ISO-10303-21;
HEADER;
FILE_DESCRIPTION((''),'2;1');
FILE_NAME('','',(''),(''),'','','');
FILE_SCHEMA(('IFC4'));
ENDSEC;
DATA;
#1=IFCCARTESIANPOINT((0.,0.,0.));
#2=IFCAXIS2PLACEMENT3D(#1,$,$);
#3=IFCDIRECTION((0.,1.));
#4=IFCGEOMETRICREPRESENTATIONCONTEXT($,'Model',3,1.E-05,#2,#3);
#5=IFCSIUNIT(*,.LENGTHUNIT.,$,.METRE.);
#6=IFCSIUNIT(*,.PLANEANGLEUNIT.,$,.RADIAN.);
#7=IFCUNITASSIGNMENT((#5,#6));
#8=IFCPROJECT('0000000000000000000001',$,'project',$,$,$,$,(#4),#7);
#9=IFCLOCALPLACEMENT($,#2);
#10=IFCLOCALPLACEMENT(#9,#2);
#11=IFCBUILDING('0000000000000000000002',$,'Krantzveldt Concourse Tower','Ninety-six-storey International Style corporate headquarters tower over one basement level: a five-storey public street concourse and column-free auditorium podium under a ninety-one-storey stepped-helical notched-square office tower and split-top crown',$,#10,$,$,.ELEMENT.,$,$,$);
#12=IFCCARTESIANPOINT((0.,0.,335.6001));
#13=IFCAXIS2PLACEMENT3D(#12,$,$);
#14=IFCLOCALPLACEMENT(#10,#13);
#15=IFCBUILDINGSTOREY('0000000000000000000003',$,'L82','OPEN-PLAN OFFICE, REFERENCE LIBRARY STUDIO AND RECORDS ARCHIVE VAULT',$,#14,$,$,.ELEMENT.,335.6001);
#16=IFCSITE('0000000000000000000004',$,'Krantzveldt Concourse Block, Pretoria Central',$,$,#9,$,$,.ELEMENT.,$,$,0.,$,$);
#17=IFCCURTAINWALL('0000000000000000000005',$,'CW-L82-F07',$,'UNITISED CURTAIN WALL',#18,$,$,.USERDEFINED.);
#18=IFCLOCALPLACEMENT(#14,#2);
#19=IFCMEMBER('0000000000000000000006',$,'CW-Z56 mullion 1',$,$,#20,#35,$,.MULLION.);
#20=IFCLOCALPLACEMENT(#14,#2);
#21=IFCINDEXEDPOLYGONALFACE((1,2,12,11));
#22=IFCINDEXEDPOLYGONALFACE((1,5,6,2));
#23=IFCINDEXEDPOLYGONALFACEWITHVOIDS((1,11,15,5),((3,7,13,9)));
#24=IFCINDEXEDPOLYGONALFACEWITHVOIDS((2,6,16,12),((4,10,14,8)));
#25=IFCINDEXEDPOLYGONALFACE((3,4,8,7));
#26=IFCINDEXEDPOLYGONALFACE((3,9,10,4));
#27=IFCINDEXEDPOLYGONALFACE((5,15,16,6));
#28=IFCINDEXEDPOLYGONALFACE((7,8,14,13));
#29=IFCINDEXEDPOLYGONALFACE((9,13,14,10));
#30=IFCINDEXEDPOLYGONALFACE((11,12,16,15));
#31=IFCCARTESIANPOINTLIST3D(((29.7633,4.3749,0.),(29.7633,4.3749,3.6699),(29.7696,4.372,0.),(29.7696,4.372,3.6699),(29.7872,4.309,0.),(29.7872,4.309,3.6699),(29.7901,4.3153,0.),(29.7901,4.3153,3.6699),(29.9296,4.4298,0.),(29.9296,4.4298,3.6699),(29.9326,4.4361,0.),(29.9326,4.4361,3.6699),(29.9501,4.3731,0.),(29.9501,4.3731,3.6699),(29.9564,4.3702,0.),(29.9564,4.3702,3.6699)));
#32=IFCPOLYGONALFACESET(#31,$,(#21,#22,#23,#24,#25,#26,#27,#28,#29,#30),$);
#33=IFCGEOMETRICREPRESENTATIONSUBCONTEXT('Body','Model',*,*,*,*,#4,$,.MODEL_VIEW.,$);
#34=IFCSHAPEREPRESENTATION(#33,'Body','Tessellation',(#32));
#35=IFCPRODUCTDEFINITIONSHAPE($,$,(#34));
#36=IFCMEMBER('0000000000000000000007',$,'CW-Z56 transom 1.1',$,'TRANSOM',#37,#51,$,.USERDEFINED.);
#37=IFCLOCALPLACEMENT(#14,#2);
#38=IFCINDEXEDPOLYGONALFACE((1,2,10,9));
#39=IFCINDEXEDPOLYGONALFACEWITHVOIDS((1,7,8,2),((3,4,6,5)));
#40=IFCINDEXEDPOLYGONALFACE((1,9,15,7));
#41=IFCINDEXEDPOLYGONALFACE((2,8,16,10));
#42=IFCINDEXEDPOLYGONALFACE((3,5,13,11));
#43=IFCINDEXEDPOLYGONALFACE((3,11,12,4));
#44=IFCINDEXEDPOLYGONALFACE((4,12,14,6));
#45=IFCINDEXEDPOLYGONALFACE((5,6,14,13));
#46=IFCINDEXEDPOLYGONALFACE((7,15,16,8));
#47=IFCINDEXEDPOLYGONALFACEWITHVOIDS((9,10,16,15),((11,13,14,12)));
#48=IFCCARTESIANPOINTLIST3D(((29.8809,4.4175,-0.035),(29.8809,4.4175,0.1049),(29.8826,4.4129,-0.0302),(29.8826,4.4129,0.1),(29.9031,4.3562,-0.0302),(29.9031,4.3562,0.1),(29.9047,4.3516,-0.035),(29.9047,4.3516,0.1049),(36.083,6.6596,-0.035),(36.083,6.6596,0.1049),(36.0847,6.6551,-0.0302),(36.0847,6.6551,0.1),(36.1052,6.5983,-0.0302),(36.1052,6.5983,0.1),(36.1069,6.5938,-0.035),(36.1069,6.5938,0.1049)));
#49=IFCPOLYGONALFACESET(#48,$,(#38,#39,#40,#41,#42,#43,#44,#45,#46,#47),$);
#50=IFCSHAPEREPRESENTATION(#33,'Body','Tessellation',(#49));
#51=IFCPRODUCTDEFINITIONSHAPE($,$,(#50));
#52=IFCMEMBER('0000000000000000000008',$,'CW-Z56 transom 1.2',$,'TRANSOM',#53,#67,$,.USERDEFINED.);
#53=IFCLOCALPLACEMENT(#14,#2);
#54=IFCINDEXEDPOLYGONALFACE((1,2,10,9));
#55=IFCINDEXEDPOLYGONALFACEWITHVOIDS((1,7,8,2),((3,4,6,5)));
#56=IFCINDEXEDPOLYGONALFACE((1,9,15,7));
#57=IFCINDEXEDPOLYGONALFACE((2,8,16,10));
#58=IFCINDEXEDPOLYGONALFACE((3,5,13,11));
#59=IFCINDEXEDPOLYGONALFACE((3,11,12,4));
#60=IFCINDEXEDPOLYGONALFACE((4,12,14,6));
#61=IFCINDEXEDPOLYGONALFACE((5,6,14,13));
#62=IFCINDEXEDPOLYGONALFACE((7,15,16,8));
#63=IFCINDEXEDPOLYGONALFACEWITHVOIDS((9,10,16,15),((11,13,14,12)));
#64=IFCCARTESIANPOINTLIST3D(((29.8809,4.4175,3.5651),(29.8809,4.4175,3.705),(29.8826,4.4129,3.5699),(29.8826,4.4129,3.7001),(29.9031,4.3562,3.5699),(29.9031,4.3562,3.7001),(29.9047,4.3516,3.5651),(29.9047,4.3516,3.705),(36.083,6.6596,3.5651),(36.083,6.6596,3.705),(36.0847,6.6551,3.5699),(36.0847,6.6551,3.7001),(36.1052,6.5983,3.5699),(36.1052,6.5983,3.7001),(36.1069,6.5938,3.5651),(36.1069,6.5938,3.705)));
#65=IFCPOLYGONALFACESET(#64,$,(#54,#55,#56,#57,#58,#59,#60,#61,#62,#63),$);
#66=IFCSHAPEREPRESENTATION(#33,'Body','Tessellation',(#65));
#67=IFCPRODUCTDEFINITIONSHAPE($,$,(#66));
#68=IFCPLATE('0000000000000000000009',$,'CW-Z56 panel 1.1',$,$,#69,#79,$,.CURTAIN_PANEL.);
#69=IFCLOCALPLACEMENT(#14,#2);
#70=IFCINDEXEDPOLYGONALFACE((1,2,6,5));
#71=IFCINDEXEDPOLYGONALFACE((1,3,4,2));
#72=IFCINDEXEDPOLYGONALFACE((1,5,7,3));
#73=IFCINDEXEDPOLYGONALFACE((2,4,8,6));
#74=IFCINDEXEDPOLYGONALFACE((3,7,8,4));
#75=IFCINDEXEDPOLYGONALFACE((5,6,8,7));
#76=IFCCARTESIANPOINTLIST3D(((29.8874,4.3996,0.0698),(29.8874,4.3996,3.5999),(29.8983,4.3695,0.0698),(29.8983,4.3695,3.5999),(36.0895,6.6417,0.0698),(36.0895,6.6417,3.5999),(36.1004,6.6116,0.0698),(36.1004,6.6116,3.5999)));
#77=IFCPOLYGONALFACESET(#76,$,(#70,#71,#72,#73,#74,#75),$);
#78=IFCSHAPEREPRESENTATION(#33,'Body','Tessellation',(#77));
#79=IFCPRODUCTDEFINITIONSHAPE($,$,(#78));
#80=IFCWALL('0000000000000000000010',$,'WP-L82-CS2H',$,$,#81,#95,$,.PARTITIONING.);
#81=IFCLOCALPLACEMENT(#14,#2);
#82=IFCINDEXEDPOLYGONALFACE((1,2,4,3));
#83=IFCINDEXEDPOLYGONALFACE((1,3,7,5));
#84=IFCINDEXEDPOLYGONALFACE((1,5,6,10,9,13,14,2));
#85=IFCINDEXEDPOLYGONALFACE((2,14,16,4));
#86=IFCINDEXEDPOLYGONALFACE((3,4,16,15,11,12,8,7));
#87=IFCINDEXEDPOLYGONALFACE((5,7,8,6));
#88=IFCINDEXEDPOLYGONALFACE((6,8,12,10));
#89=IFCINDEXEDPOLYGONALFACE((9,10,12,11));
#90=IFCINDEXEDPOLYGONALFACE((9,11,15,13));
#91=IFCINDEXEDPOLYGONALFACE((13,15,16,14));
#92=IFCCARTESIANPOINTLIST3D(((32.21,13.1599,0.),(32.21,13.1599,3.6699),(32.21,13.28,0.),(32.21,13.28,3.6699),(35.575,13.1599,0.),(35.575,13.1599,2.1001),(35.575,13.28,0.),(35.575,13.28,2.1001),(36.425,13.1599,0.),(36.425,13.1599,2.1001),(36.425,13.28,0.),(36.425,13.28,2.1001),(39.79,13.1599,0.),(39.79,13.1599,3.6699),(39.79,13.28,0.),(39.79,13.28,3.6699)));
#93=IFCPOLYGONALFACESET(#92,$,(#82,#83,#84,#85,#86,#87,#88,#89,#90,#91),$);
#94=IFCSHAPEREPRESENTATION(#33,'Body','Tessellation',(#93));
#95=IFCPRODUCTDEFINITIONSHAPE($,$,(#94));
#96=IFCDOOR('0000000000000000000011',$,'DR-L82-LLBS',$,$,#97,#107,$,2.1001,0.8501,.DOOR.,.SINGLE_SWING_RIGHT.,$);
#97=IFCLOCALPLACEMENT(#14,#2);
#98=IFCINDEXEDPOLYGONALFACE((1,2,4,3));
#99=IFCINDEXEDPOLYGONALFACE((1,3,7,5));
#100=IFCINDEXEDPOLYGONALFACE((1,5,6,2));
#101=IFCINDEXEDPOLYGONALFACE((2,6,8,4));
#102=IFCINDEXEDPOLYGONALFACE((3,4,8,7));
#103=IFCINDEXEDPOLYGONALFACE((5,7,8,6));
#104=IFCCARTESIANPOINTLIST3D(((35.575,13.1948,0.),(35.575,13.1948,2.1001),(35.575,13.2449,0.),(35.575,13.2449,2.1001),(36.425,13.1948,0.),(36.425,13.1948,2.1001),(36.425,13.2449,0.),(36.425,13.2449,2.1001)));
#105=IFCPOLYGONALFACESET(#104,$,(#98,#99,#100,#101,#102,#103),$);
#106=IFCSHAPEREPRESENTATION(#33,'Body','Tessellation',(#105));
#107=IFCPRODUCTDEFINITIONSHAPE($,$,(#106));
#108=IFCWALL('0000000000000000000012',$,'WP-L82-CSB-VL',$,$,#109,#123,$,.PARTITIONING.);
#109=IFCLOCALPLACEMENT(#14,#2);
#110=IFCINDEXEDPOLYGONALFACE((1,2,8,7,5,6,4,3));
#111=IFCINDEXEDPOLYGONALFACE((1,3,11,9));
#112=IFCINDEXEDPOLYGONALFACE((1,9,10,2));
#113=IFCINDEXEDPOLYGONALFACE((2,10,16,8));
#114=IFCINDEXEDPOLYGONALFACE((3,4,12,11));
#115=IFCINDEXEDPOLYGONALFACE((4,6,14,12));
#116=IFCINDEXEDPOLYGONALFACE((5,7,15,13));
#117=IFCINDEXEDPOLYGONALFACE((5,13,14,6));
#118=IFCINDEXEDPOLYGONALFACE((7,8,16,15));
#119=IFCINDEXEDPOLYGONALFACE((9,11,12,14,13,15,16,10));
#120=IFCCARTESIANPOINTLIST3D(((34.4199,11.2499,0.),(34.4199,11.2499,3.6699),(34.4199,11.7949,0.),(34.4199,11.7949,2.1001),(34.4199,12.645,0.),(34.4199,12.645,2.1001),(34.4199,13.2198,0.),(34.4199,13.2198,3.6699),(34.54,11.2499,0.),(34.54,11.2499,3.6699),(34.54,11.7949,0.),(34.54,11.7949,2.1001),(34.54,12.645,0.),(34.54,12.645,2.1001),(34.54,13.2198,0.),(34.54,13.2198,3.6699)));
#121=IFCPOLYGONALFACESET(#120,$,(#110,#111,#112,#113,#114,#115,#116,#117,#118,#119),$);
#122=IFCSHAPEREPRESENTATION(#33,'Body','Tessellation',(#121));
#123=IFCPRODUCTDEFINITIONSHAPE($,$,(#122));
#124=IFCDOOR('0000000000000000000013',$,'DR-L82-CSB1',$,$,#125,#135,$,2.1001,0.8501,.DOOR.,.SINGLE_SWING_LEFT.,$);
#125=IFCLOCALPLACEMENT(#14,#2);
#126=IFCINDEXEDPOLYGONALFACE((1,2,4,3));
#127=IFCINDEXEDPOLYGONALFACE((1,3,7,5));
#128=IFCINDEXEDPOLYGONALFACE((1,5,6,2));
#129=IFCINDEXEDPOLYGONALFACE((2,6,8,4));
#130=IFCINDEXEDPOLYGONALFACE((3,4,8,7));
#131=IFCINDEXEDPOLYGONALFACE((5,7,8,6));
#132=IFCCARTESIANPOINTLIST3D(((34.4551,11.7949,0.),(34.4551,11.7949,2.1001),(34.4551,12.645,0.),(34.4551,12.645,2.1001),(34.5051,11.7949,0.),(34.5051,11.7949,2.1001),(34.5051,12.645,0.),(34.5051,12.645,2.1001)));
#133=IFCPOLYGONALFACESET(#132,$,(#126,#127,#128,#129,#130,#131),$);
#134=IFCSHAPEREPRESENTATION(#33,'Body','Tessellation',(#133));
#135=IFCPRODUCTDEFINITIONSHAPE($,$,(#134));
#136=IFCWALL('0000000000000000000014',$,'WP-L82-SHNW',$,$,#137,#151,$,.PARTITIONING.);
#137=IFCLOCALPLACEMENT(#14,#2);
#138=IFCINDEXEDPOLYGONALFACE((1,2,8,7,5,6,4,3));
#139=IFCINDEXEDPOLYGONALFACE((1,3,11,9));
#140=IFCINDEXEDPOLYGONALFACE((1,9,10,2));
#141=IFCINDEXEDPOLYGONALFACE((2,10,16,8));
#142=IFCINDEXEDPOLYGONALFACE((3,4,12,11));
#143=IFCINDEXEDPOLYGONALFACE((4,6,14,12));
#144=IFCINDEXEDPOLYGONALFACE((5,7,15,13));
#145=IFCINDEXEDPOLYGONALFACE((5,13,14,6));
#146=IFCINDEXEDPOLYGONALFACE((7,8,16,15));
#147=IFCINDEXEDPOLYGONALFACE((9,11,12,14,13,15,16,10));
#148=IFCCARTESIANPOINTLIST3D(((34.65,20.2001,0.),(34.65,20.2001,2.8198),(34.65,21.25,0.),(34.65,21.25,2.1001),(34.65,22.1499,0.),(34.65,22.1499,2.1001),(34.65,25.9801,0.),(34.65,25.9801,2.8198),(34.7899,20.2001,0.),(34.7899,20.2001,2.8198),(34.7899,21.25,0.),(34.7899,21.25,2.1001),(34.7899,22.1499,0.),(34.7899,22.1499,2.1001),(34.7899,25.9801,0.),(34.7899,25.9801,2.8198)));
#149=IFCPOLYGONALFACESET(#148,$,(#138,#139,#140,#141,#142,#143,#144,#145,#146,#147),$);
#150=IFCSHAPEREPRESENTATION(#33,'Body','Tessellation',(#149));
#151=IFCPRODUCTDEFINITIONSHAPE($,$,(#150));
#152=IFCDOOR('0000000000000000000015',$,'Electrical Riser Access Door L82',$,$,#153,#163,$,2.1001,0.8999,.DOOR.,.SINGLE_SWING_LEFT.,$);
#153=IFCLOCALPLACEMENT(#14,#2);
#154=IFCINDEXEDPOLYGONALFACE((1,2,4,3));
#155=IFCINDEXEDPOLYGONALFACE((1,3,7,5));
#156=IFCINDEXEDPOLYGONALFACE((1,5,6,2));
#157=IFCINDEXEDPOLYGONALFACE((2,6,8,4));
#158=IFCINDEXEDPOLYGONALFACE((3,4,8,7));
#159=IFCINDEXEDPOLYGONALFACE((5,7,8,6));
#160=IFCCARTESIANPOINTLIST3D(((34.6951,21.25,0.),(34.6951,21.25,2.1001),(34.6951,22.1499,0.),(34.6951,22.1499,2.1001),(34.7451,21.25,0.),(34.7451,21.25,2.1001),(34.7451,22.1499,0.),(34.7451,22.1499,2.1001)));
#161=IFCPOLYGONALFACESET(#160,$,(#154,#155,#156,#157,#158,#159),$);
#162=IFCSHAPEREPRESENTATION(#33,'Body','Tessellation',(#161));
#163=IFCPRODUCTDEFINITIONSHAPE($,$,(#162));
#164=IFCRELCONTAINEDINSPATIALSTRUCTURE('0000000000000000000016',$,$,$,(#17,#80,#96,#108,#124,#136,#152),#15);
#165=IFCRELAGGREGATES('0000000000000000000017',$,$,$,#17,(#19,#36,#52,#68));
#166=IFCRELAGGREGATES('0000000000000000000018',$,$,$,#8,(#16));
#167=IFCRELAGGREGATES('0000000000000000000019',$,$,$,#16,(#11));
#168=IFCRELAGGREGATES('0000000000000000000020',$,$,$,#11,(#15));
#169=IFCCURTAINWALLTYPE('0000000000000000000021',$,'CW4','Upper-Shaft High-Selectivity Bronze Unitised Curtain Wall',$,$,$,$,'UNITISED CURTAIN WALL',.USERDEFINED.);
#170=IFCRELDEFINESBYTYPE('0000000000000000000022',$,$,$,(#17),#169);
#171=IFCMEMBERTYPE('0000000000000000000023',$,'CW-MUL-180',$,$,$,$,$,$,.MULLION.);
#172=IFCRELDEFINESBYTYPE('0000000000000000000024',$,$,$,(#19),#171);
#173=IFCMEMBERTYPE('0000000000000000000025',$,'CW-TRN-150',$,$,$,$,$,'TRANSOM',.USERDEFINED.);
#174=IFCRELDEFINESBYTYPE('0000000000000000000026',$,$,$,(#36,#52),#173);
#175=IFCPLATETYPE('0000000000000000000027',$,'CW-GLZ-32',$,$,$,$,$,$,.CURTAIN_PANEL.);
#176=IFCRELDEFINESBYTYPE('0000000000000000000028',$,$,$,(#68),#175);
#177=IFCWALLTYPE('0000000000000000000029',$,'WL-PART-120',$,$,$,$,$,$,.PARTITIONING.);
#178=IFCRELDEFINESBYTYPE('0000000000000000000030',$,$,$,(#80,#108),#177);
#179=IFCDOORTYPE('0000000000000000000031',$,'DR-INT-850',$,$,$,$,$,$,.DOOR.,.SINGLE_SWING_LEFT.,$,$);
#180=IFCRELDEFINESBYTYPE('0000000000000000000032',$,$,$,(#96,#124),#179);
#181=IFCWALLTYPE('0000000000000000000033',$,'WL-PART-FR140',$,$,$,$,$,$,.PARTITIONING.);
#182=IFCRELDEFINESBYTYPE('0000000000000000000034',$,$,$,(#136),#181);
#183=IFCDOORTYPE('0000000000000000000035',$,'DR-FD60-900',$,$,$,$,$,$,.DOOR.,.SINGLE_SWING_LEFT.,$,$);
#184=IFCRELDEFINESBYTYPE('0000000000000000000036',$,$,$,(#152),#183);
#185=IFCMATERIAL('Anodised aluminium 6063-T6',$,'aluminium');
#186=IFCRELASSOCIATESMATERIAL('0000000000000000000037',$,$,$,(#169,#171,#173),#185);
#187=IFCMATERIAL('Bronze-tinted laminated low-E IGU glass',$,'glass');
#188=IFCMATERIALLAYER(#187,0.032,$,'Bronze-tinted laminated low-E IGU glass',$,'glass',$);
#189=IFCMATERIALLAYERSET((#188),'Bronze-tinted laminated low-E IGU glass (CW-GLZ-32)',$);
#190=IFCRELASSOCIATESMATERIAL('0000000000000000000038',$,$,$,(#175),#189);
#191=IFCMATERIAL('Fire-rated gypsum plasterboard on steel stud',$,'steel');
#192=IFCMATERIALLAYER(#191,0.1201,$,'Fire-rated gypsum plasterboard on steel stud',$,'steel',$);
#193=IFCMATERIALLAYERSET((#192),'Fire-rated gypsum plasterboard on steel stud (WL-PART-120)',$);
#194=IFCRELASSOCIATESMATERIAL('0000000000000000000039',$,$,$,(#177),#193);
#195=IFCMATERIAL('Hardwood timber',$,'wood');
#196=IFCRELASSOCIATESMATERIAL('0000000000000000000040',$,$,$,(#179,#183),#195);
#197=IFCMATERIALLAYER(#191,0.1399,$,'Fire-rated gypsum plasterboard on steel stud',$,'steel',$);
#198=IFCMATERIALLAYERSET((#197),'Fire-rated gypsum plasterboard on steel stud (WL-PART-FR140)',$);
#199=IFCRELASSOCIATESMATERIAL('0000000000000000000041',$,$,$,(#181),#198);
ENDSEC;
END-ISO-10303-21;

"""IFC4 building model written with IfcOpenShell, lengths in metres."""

from ifc_helpers import new_model, si_unit, direction, frame, frame_2d, origin, origin_2d, place, context, subcontext, project, spatial, rectangle, hollow_rectangle, extrude, source, transform, mapped, material, layer, layer_set, material_profile, profile_set, type_object, type_shapes, element, fill, aggregate, save


model = new_model("IFC4")

# Units and contexts
model_context = context("Model", 3, precision=1e-05, world=origin(), true_north=direction((0.0, 1.0)))
body_context = subcontext(model_context, "Body", "Model", "MODEL_VIEW")
ifc_project = project(units=[si_unit("LENGTHUNIT", "METRE"), si_unit("PLANEANGLEUNIT", "RADIAN")], contexts=[model_context])

# Site, building, storey
site_placement = place(None, origin())
site = spatial("IfcSite", under=ifc_project, at=site_placement, Name="Krantzveldt Concourse Block, Pretoria Central", CompositionType="ELEMENT", RefElevation=0.0)
building_placement = place(site_placement, origin())
building = spatial("IfcBuilding", under=site, at=building_placement, Name="Krantzveldt Concourse Tower", Description="Ninety-six-storey International Style corporate headquarters tower over one basement level: a five-storey public street concourse and column-free auditorium podium under a ninety-one-storey stepped-helical notched-square office tower and split-top crown", CompositionType="ELEMENT")
storey_placement = place(building_placement, frame((0.0, 0.0, 335.6001)))
storey = spatial("IfcBuildingStorey", under=building, at=storey_placement, Name="L82", Description="OPEN-PLAN OFFICE, REFERENCE LIBRARY STUDIO AND RECORDS ARCHIVE VAULT", CompositionType="ELEMENT", Elevation=335.6001)

# Curtain wall, members, plate
ifc_material_1 = material(Name="Anodised aluminium 6063-T6", Category="aluminium")
curtain_wall_type = type_object("IfcCurtainWallType", Name="CW4", Description="Upper-Shaft High-Selectivity Bronze Unitised Curtain Wall", ElementType="UNITISED CURTAIN WALL", PredefinedType="USERDEFINED", material=ifc_material_1)
curtain_wall_placement = place(storey_placement, origin())
curtain_wall = element("IfcCurtainWall", 1, at=curtain_wall_placement, inside=storey, type_object=curtain_wall_type, Name="CW-L82-F07", ObjectType="UNITISED CURTAIN WALL", PredefinedType="USERDEFINED")
ifc_material_profile_1 = material_profile(ifc_material_1, hollow_rectangle(XDim=0.0701, YDim=0.1799, WallThickness=0.0049, at=origin_2d()), Name="Anodised aluminium 6063-T6", Category="aluminium")
ifc_profile_set_1 = profile_set([ifc_material_profile_1], Name="Anodised aluminium 6063-T6 - ALU-MULL 180x70x5")
member_type_1 = type_object("IfcMemberType", Name="CW-MUL-180", PredefinedType="MULLION", material=ifc_profile_set_1)
shared_shape_1 = source(origin(), body_context, "Body", "SweptSolid", [
    extrude(hollow_rectangle(XDim=0.0701, YDim=0.1799, WallThickness=0.0049, at=origin_2d()), origin(), (0.0, 0.0, 1.0), 3.6699),
])
type_shapes(member_type_1, [shared_shape_1])
member_1_placement = place(storey_placement, frame((29.8599, 4.3726, 0.0), z_axis=(0.0, 0.0, 1.0), x_axis=(-0.339969, 0.940437, 0.0)))
member_1 = element("IfcMember", 2, at=member_1_placement, type_object=member_type_1, Name="CW-Z56 mullion 1", PredefinedType="MULLION", context=body_context, shape_type="MappedRepresentation", body=[
    mapped(shared_shape_1, transform((0.0, 0.0, 0.0), x_axis=(1.0, 0.0, 0.0), y_axis=(0.0, 1.0, 0.0), z_axis=(0.0, 0.0, 1.0), scale=1.0)),
])
ifc_material_profile_2 = material_profile(ifc_material_1, hollow_rectangle(XDim=0.0701, YDim=0.1399, WallThickness=0.0049, at=origin_2d()), Name="Anodised aluminium 6063-T6", Category="aluminium")
ifc_profile_set_2 = profile_set([ifc_material_profile_2], Name="Anodised aluminium 6063-T6 - ALU-TRAN 140x70x5")
member_type_2 = type_object("IfcMemberType", Name="CW-TRN-150", ElementType="TRANSOM", PredefinedType="USERDEFINED", material=ifc_profile_set_2)
shared_shape_2 = source(origin(), body_context, "Body", "SweptSolid", [
    extrude(hollow_rectangle(XDim=0.0701, YDim=0.1399, WallThickness=0.0049, at=origin_2d()), origin(), (0.0, 0.0, 1.0), 6.595),
])
type_shapes(member_type_2, [shared_shape_2])
member_2_placement = place(storey_placement, frame((29.8928, 4.3845, 0.0349), z_axis=(0.940432, 0.339983, 0.0), x_axis=(-0.339983, 0.940432, 0.0)))
member_2 = element("IfcMember", 3, at=member_2_placement, type_object=member_type_2, Name="CW-Z56 transom 1.1", ObjectType="TRANSOM", PredefinedType="USERDEFINED", context=body_context, shape_type="MappedRepresentation", body=[
    mapped(shared_shape_2, transform((0.0, 0.0, 0.0), x_axis=(1.0, 0.0, 0.0), y_axis=(0.0, 1.0, 0.0), z_axis=(0.0, 0.0, 1.0), scale=1.0)),
])
member_3_placement = place(storey_placement, frame((29.8928, 4.3845, 3.635), z_axis=(0.940432, 0.339983, 0.0), x_axis=(-0.339983, 0.940432, 0.0)))
member_3 = element("IfcMember", 4, at=member_3_placement, type_object=member_type_2, Name="CW-Z56 transom 1.2", ObjectType="TRANSOM", PredefinedType="USERDEFINED", context=body_context, shape_type="MappedRepresentation", body=[
    mapped(shared_shape_2, transform((0.0, 0.0, 0.0), x_axis=(1.0, 0.0, 0.0), y_axis=(0.0, 1.0, 0.0), z_axis=(0.0, 0.0, 1.0), scale=1.0)),
])
ifc_material_2 = material(Name="Bronze-tinted laminated low-E IGU glass", Category="glass")
ifc_layer_1 = layer(ifc_material_2, 0.032, Name="Bronze-tinted laminated low-E IGU glass", Category="glass")
ifc_layer_set_1 = layer_set([ifc_layer_1], Name="Bronze-tinted laminated low-E IGU glass (CW-GLZ-32)")
plate_type = type_object("IfcPlateType", Name="CW-GLZ-32", PredefinedType="CURTAIN_PANEL", material=ifc_layer_set_1)
shared_shape_3 = source(origin(), body_context, "Body", "SweptSolid", [
    extrude(rectangle(XDim=6.595, YDim=0.032, at=origin_2d()), origin(), (0.0, 0.0, 1.0), 3.53),
])
type_shapes(plate_type, [shared_shape_3])
plate_placement = place(storey_placement, frame((32.9939, 5.5056, 0.0698), z_axis=(0.0, 0.0, 1.0), x_axis=(0.940437, 0.339969, 0.0)))
plate = element("IfcPlate", 5, at=plate_placement, type_object=plate_type, Name="CW-Z56 panel 1.1", PredefinedType="CURTAIN_PANEL", context=body_context, shape_type="MappedRepresentation", body=[
    mapped(shared_shape_3, transform((0.0, 0.0, 0.0), x_axis=(1.0, 0.0, 0.0), y_axis=(0.0, 1.0, 0.0), z_axis=(0.0, 0.0, 1.0), scale=1.0)),
])
aggregate(curtain_wall, [member_1, member_2, member_3, plate])

# Walls, openings, doors
ifc_material_3 = material(Name="Fire-rated gypsum plasterboard on steel stud", Category="steel")
ifc_layer_2 = layer(ifc_material_3, 0.1201, Name="Fire-rated gypsum plasterboard on steel stud", Category="steel")
ifc_layer_set_2 = layer_set([ifc_layer_2], Name="Fire-rated gypsum plasterboard on steel stud (WL-PART-120)")
wall_type_1 = type_object("IfcWallType", Name="WL-PART-120", PredefinedType="PARTITIONING", material=ifc_layer_set_2)
wall_1_placement = place(storey_placement, frame((32.21, 13.22, 0.0), z_axis=(0.0, 0.0, 1.0), x_axis=(1.0, 0.0, 0.0)))
wall_1 = element("IfcWall", 6, at=wall_1_placement, inside=storey, type_object=wall_type_1, Name="WP-L82-CS2H", PredefinedType="PARTITIONING", context=body_context, shape_type="SweptSolid", body=[
    extrude(rectangle(XDim=7.5801, YDim=0.1201, at=frame_2d((3.79, 0.0))), origin(), (0.0, 0.0, 1.0), 3.6699),
])
opening_1_placement = place(wall_1_placement, frame((3.365, 0.0, 0.0)))
opening_1 = element("IfcOpeningElement", 7, at=opening_1_placement, cuts=wall_1, PredefinedType="OPENING", context=body_context, shape_type="SweptSolid", body=[
    extrude(rectangle(XDim=0.8501, YDim=2.1001, at=frame_2d((0.425, 1.05))), frame((0.0, 0.0701, 0.0), z_axis=(0.0, -1.0, 0.0), x_axis=(1.0, 0.0, 0.0)), (0.0, 0.0, 1.0), 0.1401),
])
ifc_material_4 = material(Name="Hardwood timber", Category="wood")
door_type_1 = type_object("IfcDoorType", Name="DR-INT-850", OperationType="SINGLE_SWING_LEFT", PredefinedType="DOOR", material=ifc_material_4)
door_1_placement = place(opening_1_placement, origin())
door_1 = element("IfcDoor", 8, at=door_1_placement, inside=storey, type_object=door_type_1, Name="DR-L82-LLBS", OperationType="SINGLE_SWING_RIGHT", OverallHeight=2.1001, OverallWidth=0.8501, PredefinedType="DOOR", context=body_context, shape_type="SweptSolid", body=[
    extrude(rectangle(XDim=0.8501, YDim=2.1001, at=frame_2d((0.425, 1.05))), frame((0.0, 0.0249, 0.0), z_axis=(0.0, -1.0, 0.0), x_axis=(1.0, 0.0, 0.0)), (0.0, 0.0, 1.0), 0.05),
])
fill(opening_1, door_1)
wall_2_placement = place(storey_placement, frame((34.48, 11.25, 0.0), z_axis=(0.0, 0.0, 1.0), x_axis=(0.0, 1.0, 0.0)))
wall_2 = element("IfcWall", 9, at=wall_2_placement, inside=storey, type_object=wall_type_1, Name="WP-L82-CSB-VL", PredefinedType="PARTITIONING", context=body_context, shape_type="SweptSolid", body=[
    extrude(rectangle(XDim=1.97, YDim=0.1201, at=frame_2d((0.9849, 0.0))), origin(), (0.0, 0.0, 1.0), 3.6699),
])
opening_2_placement = place(wall_2_placement, frame((0.5449, 0.0, 0.0)))
opening_2 = element("IfcOpeningElement", 10, at=opening_2_placement, cuts=wall_2, PredefinedType="OPENING", context=body_context, shape_type="SweptSolid", body=[
    extrude(rectangle(XDim=0.8501, YDim=2.1001, at=frame_2d((0.425, 1.05))), frame((0.0, 0.0701, 0.0), z_axis=(0.0, -1.0, 0.0), x_axis=(1.0, 0.0, 0.0)), (0.0, 0.0, 1.0), 0.1401),
])
door_2_placement = place(opening_2_placement, origin())
door_2 = element("IfcDoor", 11, at=door_2_placement, inside=storey, type_object=door_type_1, Name="DR-L82-CSB1", OperationType="SINGLE_SWING_LEFT", OverallHeight=2.1001, OverallWidth=0.8501, PredefinedType="DOOR", context=body_context, shape_type="SweptSolid", body=[
    extrude(rectangle(XDim=0.8501, YDim=2.1001, at=frame_2d((0.425, 1.05))), frame((0.0, 0.0249, 0.0), z_axis=(0.0, -1.0, 0.0), x_axis=(1.0, 0.0, 0.0)), (0.0, 0.0, 1.0), 0.05),
])
fill(opening_2, door_2)
ifc_layer_3 = layer(ifc_material_3, 0.1399, Name="Fire-rated gypsum plasterboard on steel stud", Category="steel")
ifc_layer_set_3 = layer_set([ifc_layer_3], Name="Fire-rated gypsum plasterboard on steel stud (WL-PART-FR140)")
wall_type_2 = type_object("IfcWallType", Name="WL-PART-FR140", PredefinedType="PARTITIONING", material=ifc_layer_set_3)
wall_3_placement = place(storey_placement, frame((34.72, 20.2, 0.0), z_axis=(0.0, 0.0, 1.0), x_axis=(0.0, 1.0, 0.0)))
wall_3 = element("IfcWall", 12, at=wall_3_placement, inside=storey, type_object=wall_type_2, Name="WP-L82-SHNW", PredefinedType="PARTITIONING", context=body_context, shape_type="SweptSolid", body=[
    extrude(rectangle(XDim=5.78, YDim=0.1399, at=frame_2d((2.8901, 0.0))), origin(), (0.0, 0.0, 1.0), 2.8198),
])
opening_3_placement = place(wall_3_placement, frame((1.05, 0.0, 0.0)))
opening_3 = element("IfcOpeningElement", 13, at=opening_3_placement, cuts=wall_3, PredefinedType="OPENING", context=body_context, shape_type="SweptSolid", body=[
    extrude(rectangle(XDim=0.8999, YDim=2.1001, at=frame_2d((0.45, 1.05))), frame((0.0, 0.0801, 0.0), z_axis=(0.0, -1.0, 0.0), x_axis=(1.0, 0.0, 0.0)), (0.0, 0.0, 1.0), 0.1599),
])
door_type_2 = type_object("IfcDoorType", Name="DR-FD60-900", OperationType="SINGLE_SWING_LEFT", PredefinedType="DOOR", material=ifc_material_4)
door_3_placement = place(opening_3_placement, origin())
door_3 = element("IfcDoor", 14, at=door_3_placement, inside=storey, type_object=door_type_2, Name="Electrical Riser Access Door L82", OperationType="SINGLE_SWING_LEFT", OverallHeight=2.1001, OverallWidth=0.8999, PredefinedType="DOOR", context=body_context, shape_type="SweptSolid", body=[
    extrude(rectangle(XDim=0.8999, YDim=2.1001, at=frame_2d((0.45, 1.05))), frame((0.0, 0.0249, 0.0), z_axis=(0.0, -1.0, 0.0), x_axis=(1.0, 0.0, 0.0)), (0.0, 0.0, 1.0), 0.05),
])
fill(opening_3, door_3)

save(model, "model.ifc")
